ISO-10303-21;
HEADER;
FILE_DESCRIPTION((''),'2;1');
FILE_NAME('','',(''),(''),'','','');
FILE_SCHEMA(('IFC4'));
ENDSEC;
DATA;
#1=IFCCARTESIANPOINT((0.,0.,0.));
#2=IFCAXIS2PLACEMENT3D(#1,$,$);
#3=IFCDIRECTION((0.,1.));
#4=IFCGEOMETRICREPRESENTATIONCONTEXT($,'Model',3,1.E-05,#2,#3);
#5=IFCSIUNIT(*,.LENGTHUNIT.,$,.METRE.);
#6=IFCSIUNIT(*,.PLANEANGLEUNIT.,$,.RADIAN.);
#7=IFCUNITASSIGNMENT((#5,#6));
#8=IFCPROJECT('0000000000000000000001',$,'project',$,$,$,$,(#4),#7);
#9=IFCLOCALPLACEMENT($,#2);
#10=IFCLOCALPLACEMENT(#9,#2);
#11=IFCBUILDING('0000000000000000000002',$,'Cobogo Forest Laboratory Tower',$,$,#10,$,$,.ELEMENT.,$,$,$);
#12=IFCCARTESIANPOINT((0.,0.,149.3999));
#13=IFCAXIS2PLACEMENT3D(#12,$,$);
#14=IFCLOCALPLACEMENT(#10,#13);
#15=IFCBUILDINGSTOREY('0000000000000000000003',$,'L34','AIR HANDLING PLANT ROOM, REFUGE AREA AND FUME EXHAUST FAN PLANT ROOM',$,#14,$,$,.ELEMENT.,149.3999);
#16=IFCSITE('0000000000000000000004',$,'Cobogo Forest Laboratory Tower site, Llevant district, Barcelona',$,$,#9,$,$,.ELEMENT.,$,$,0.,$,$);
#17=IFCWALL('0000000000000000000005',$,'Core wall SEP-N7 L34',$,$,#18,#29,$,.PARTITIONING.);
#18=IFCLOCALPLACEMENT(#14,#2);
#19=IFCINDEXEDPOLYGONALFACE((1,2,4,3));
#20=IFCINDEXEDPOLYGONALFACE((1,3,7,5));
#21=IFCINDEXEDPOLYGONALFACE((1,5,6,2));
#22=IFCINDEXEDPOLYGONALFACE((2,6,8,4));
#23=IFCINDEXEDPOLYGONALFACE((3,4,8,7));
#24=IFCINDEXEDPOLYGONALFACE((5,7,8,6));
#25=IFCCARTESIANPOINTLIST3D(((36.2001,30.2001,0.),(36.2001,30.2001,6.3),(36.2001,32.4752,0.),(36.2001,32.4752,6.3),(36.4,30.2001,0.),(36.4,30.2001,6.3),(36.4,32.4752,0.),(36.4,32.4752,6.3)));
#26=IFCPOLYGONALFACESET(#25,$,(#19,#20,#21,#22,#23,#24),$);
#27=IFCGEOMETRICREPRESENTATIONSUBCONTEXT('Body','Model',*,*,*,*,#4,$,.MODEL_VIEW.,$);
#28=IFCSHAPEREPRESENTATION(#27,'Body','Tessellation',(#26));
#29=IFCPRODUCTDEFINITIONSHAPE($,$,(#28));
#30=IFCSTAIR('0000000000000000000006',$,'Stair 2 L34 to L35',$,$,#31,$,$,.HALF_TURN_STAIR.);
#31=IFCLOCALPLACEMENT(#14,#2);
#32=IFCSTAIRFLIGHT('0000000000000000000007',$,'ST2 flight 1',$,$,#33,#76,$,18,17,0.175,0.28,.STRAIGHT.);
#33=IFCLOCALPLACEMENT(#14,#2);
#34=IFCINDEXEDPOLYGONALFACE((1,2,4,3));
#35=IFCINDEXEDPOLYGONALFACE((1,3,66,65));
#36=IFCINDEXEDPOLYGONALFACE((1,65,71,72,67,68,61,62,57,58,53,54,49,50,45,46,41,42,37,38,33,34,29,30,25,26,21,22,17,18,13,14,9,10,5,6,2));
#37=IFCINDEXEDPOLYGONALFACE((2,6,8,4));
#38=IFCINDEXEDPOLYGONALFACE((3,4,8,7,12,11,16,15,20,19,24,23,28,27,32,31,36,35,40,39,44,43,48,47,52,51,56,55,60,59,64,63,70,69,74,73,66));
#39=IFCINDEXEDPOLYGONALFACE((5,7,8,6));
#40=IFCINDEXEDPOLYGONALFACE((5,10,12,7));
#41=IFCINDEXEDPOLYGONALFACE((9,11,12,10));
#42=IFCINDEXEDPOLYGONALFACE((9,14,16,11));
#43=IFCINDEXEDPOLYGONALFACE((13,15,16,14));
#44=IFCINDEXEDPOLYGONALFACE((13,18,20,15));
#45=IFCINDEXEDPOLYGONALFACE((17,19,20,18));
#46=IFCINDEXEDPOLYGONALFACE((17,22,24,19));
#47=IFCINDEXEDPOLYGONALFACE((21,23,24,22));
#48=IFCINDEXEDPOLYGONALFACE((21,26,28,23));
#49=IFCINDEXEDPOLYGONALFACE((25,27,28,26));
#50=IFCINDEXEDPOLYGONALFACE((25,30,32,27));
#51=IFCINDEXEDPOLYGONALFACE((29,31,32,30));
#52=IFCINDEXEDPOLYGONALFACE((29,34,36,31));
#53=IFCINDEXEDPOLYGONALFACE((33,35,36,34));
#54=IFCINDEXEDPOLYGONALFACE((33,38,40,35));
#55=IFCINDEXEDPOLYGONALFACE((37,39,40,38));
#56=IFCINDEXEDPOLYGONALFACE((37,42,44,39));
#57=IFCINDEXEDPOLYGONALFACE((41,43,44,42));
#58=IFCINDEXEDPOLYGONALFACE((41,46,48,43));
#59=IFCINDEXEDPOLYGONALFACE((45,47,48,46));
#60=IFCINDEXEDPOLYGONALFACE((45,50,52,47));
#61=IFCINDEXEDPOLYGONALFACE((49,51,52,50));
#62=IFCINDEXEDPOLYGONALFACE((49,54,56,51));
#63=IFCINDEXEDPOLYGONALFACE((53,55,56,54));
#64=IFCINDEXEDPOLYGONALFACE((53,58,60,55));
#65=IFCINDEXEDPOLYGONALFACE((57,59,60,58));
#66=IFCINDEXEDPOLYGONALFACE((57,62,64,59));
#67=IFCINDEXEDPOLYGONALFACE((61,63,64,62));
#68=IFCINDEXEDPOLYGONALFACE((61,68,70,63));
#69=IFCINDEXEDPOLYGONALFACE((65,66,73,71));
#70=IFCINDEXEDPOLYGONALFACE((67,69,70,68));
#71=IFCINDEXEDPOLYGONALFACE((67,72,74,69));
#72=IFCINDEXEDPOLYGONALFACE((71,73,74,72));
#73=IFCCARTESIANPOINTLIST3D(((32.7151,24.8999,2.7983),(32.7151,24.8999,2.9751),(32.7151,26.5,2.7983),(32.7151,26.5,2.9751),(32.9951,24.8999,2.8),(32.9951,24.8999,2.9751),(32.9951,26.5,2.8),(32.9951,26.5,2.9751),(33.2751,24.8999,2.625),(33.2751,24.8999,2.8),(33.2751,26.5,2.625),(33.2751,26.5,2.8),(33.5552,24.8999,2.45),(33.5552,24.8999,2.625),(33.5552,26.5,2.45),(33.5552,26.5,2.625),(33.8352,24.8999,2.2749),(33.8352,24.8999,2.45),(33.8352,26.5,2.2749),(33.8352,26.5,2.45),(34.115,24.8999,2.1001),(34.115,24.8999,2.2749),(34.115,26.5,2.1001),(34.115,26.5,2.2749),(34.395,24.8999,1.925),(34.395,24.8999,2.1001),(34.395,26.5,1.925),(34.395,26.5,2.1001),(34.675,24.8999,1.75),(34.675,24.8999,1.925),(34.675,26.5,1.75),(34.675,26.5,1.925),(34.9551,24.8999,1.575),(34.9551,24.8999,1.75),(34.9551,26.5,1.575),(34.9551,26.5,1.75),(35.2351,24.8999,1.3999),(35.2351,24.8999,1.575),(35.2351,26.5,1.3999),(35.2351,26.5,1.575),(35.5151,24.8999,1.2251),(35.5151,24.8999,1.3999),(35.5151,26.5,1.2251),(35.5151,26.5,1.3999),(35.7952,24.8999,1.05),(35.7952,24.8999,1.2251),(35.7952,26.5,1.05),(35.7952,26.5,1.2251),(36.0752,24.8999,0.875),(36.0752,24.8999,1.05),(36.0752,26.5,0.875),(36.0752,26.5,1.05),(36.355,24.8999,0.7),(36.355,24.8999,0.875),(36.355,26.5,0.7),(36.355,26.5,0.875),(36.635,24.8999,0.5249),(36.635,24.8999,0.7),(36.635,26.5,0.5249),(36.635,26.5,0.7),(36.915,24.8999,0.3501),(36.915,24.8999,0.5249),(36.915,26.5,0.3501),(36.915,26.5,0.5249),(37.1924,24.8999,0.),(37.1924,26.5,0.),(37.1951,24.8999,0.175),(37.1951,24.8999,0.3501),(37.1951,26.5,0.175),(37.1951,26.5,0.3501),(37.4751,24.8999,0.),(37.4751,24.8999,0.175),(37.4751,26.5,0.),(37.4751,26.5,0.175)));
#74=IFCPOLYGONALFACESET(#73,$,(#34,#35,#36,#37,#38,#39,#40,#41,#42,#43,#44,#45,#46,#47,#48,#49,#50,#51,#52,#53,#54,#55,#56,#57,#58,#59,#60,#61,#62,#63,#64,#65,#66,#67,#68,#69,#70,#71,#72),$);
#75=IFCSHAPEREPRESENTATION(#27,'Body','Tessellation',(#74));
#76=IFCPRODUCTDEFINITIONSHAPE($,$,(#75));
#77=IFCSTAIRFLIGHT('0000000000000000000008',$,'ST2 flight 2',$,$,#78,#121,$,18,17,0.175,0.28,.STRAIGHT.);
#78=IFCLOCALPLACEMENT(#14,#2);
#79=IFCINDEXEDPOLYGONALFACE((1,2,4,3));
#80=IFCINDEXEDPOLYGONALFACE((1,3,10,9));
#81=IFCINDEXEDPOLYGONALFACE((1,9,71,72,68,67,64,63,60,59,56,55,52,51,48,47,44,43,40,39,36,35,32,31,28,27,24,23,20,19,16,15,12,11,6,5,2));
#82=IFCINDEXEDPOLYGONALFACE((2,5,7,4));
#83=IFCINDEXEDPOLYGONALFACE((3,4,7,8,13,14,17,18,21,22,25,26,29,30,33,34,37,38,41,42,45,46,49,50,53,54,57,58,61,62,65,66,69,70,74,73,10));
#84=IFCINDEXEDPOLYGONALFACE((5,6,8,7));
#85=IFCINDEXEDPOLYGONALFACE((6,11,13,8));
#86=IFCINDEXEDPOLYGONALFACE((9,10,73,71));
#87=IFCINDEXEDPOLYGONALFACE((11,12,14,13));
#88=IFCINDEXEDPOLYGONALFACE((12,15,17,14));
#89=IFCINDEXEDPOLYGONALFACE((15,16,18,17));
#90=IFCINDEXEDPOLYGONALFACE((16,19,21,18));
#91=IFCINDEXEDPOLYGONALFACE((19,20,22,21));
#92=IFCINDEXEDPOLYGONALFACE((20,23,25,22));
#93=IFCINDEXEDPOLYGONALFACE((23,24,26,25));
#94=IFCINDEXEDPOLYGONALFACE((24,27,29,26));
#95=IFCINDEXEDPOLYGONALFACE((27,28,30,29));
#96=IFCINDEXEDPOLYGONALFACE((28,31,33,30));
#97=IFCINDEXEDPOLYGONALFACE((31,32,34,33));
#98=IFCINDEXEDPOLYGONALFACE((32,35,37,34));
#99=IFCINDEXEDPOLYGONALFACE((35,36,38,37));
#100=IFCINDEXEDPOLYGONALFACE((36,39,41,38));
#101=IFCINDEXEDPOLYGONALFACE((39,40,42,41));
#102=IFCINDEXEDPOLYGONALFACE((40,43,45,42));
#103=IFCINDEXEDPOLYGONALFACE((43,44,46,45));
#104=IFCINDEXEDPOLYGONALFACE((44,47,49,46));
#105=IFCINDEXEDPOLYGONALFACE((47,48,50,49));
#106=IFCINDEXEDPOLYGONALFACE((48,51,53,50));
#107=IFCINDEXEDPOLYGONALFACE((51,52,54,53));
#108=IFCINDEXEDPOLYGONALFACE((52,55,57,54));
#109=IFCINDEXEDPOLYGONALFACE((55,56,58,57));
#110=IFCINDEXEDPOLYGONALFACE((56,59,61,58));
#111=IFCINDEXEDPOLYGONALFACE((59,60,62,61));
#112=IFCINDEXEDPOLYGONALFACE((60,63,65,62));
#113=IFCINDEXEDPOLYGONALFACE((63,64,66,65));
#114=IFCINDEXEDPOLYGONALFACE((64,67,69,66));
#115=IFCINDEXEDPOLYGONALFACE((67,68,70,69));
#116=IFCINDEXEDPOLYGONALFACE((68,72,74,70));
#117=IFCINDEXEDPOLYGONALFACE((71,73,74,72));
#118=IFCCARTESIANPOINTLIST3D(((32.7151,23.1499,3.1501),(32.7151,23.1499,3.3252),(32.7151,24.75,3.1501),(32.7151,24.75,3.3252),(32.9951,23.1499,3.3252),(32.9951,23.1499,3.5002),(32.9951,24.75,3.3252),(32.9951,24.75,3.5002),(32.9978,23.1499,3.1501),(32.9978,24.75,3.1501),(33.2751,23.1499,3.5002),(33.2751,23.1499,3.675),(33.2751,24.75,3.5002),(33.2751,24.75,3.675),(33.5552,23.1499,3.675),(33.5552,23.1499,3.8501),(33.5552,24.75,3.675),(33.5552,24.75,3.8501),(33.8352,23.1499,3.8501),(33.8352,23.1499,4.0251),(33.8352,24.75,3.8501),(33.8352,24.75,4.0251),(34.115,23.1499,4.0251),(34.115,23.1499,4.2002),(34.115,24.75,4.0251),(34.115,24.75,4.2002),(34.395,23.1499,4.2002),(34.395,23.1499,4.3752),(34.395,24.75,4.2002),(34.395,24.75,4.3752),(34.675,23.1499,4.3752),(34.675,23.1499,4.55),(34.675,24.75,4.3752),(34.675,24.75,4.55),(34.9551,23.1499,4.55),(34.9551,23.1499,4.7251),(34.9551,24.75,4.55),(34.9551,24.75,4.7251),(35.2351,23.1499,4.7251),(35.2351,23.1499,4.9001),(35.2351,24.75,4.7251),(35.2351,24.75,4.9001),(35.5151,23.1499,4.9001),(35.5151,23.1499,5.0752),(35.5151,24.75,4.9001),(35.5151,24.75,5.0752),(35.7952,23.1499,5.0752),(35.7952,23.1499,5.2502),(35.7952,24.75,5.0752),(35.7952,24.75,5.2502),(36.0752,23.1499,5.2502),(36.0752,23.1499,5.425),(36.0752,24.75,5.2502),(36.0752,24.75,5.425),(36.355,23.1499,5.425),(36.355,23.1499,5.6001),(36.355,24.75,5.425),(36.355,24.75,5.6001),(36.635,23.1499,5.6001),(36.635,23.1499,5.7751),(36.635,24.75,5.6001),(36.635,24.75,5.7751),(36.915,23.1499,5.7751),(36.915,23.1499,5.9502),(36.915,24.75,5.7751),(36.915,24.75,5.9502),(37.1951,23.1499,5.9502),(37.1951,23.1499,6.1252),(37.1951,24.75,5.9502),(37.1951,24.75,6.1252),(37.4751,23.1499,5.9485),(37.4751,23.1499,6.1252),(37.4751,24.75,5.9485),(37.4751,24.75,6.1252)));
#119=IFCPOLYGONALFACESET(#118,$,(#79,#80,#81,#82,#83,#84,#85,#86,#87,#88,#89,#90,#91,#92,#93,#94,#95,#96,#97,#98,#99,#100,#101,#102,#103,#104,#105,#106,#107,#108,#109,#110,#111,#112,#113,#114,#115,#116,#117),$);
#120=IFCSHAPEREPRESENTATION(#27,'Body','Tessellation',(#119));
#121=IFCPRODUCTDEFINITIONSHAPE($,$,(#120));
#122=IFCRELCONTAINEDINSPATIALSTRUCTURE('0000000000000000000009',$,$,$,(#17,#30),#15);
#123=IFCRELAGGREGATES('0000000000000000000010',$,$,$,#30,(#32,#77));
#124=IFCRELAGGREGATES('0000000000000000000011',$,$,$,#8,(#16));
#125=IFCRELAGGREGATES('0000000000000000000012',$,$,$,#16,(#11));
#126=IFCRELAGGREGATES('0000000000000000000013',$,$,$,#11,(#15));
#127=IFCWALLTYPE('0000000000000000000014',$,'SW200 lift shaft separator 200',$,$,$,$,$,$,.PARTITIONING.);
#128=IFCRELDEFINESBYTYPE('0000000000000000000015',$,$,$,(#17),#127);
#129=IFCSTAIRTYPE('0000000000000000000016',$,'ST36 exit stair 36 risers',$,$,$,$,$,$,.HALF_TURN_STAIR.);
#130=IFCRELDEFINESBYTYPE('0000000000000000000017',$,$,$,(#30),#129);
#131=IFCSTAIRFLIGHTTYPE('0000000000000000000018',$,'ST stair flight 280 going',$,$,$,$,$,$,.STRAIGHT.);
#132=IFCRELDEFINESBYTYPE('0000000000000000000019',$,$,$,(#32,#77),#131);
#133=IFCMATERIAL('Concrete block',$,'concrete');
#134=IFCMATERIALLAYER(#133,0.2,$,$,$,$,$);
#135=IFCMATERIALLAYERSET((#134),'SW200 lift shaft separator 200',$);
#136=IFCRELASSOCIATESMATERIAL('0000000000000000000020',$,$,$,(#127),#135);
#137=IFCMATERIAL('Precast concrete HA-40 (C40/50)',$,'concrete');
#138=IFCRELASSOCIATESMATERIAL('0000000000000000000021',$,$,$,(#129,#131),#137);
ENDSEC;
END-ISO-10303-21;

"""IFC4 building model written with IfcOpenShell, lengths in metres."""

from ifc_helpers import new_model, si_unit, direction, frame, frame_2d, origin, place, context, subcontext, project, spatial, polyline, rectangle, outline, extrude, material, layer, layer_set, type_object, element, aggregate, save


model = new_model("IFC4")

# Units and contexts
model_context = context("Model", 3, precision=1e-05, world=origin(), true_north=direction((0.0, 1.0)))
body_context = subcontext(model_context, "Body", "Model", "MODEL_VIEW")
ifc_project = project(units=[si_unit("LENGTHUNIT", "METRE"), si_unit("PLANEANGLEUNIT", "RADIAN")], contexts=[model_context])

# Site, building, storey
site_placement = place(None, origin())
site = spatial("IfcSite", under=ifc_project, at=site_placement, Name="Cobogo Forest Laboratory Tower site, Llevant district, Barcelona", CompositionType="ELEMENT", RefElevation=0.0)
building_placement = place(site_placement, origin())
building = spatial("IfcBuilding", under=site, at=building_placement, Name="Cobogo Forest Laboratory Tower", CompositionType="ELEMENT")
storey_placement = place(building_placement, frame((0.0, 0.0, 149.3999)))
storey = spatial("IfcBuildingStorey", under=building, at=storey_placement, Name="L34", Description="AIR HANDLING PLANT ROOM, REFUGE AREA AND FUME EXHAUST FAN PLANT ROOM", CompositionType="ELEMENT", Elevation=149.3999)

# Wall
ifc_material_1 = material(Name="Concrete block", Category="concrete")
ifc_layer_1 = layer(ifc_material_1, 0.2)
ifc_layer_set_1 = layer_set([ifc_layer_1], Name="SW200 lift shaft separator 200")
wall_type_1 = type_object("IfcWallType", Name="SW200 lift shaft separator 200", PredefinedType="PARTITIONING", material=ifc_layer_set_1)
for number, where, z_axis, x_axis, name in (
    (1, (36.3, 30.2, 0.0), (0.0, 0.0, 1.0), (0.0, 1.0, 0.0), "Core wall SEP-N7 L34"),
):
    element("IfcWall", number, at=place(storey_placement, frame(where, z_axis=z_axis, x_axis=x_axis)), inside=storey, type_object=wall_type_1, Name=name, PredefinedType="PARTITIONING", context=body_context, shape_type="SweptSolid", body=[
        extrude(rectangle(XDim=2.2751, YDim=0.2, at=frame_2d((1.1377, 0.0))), origin(), (0.0, 0.0, 1.0), 6.3),
    ])

# Stair, stair flights
ifc_material_2 = material(Name="Precast concrete HA-40 (C40/50)", Category="concrete")
stair_type = type_object("IfcStairType", Name="ST36 exit stair 36 risers", PredefinedType="HALF_TURN_STAIR", material=ifc_material_2)
stair_placement = place(storey_placement, origin())
stair = element("IfcStair", 2, at=stair_placement, inside=storey, type_object=stair_type, Name="Stair 2 L34 to L35", PredefinedType="HALF_TURN_STAIR")
stair_flight_type = type_object("IfcStairFlightType", Name="ST stair flight 280 going", PredefinedType="STRAIGHT", material=ifc_material_2)
stair_flight_1_placement = place(storey_placement, frame((37.4751, 25.7, 0.0), z_axis=(0.0, 0.0, 1.0), x_axis=(-1.0, 0.0, 0.0)))
stair_flight_1 = element("IfcStairFlight", 3, at=stair_flight_1_placement, type_object=stair_flight_type, Name="ST2 flight 1", NumberOfRisers=18, NumberOfTreads=17, PredefinedType="STRAIGHT", RiserHeight=0.175, TreadLength=0.28, context=body_context, shape_type="SweptSolid", body=[
    extrude(outline(polyline([(0.0, 0.0), (0.0, 0.175), (0.28, 0.175), (0.28, 0.3501), (0.5601, 0.3501), (0.5601, 0.5249), (0.8401, 0.5249), (0.8401, 0.7), (1.1201, 0.7), (1.1201, 0.875), (1.3999, 0.875), (1.3999, 1.05), (1.6799, 1.05), (1.6799, 1.2251), (1.96, 1.2251), (1.96, 1.3999), (2.24, 1.3999), (2.24, 1.575), (2.52, 1.575), (2.52, 1.75), (2.8, 1.75), (2.8, 1.925), (3.0801, 1.925), (3.0801, 2.1001), (3.3601, 2.1001), (3.3601, 2.2749), (3.6399, 2.2749), (3.6399, 2.45), (3.9199, 2.45), (3.9199, 2.625), (4.2, 2.625), (4.2, 2.8), (4.48, 2.8), (4.48, 2.9751), (4.76, 2.9751), (4.76, 3.1499), (4.76, 2.7983), (0.2827, 0.0), (0.0, 0.0)])), frame((0.0, 0.8, 0.0), z_axis=(0.0, -1.0, 0.0), x_axis=(1.0, 0.0, 0.0)), (0.0, 0.0, 1.0), 1.6001),
])
stair_flight_2_placement = place(storey_placement, frame((32.7151, 23.95, 3.1501), z_axis=(0.0, 0.0, 1.0), x_axis=(1.0, 0.0, 0.0)))
stair_flight_2 = element("IfcStairFlight", 4, at=stair_flight_2_placement, type_object=stair_flight_type, Name="ST2 flight 2", NumberOfRisers=18, NumberOfTreads=17, PredefinedType="STRAIGHT", RiserHeight=0.175, TreadLength=0.28, context=body_context, shape_type="SweptSolid", body=[
    extrude(outline(polyline([(0.0, 0.0), (0.0, 0.175), (0.28, 0.175), (0.28, 0.3501), (0.5601, 0.3501), (0.5601, 0.5249), (0.8401, 0.5249), (0.8401, 0.7), (1.1201, 0.7), (1.1201, 0.875), (1.3999, 0.875), (1.3999, 1.05), (1.6799, 1.05), (1.6799, 1.2251), (1.96, 1.2251), (1.96, 1.3999), (2.24, 1.3999), (2.24, 1.575), (2.52, 1.575), (2.52, 1.75), (2.8, 1.75), (2.8, 1.925), (3.0801, 1.925), (3.0801, 2.1001), (3.3601, 2.1001), (3.3601, 2.2749), (3.6399, 2.2749), (3.6399, 2.45), (3.9199, 2.45), (3.9199, 2.625), (4.2, 2.625), (4.2, 2.8), (4.48, 2.8), (4.48, 2.9751), (4.76, 2.9751), (4.76, 3.1499), (4.76, 2.7983), (0.2827, 0.0), (0.0, 0.0)])), frame((0.0, 0.8, 0.0), z_axis=(0.0, -1.0, 0.0), x_axis=(1.0, 0.0, 0.0)), (0.0, 0.0, 1.0), 1.6001),
])
aggregate(stair, [stair_flight_1, stair_flight_2])

save(model, "model.ifc")
